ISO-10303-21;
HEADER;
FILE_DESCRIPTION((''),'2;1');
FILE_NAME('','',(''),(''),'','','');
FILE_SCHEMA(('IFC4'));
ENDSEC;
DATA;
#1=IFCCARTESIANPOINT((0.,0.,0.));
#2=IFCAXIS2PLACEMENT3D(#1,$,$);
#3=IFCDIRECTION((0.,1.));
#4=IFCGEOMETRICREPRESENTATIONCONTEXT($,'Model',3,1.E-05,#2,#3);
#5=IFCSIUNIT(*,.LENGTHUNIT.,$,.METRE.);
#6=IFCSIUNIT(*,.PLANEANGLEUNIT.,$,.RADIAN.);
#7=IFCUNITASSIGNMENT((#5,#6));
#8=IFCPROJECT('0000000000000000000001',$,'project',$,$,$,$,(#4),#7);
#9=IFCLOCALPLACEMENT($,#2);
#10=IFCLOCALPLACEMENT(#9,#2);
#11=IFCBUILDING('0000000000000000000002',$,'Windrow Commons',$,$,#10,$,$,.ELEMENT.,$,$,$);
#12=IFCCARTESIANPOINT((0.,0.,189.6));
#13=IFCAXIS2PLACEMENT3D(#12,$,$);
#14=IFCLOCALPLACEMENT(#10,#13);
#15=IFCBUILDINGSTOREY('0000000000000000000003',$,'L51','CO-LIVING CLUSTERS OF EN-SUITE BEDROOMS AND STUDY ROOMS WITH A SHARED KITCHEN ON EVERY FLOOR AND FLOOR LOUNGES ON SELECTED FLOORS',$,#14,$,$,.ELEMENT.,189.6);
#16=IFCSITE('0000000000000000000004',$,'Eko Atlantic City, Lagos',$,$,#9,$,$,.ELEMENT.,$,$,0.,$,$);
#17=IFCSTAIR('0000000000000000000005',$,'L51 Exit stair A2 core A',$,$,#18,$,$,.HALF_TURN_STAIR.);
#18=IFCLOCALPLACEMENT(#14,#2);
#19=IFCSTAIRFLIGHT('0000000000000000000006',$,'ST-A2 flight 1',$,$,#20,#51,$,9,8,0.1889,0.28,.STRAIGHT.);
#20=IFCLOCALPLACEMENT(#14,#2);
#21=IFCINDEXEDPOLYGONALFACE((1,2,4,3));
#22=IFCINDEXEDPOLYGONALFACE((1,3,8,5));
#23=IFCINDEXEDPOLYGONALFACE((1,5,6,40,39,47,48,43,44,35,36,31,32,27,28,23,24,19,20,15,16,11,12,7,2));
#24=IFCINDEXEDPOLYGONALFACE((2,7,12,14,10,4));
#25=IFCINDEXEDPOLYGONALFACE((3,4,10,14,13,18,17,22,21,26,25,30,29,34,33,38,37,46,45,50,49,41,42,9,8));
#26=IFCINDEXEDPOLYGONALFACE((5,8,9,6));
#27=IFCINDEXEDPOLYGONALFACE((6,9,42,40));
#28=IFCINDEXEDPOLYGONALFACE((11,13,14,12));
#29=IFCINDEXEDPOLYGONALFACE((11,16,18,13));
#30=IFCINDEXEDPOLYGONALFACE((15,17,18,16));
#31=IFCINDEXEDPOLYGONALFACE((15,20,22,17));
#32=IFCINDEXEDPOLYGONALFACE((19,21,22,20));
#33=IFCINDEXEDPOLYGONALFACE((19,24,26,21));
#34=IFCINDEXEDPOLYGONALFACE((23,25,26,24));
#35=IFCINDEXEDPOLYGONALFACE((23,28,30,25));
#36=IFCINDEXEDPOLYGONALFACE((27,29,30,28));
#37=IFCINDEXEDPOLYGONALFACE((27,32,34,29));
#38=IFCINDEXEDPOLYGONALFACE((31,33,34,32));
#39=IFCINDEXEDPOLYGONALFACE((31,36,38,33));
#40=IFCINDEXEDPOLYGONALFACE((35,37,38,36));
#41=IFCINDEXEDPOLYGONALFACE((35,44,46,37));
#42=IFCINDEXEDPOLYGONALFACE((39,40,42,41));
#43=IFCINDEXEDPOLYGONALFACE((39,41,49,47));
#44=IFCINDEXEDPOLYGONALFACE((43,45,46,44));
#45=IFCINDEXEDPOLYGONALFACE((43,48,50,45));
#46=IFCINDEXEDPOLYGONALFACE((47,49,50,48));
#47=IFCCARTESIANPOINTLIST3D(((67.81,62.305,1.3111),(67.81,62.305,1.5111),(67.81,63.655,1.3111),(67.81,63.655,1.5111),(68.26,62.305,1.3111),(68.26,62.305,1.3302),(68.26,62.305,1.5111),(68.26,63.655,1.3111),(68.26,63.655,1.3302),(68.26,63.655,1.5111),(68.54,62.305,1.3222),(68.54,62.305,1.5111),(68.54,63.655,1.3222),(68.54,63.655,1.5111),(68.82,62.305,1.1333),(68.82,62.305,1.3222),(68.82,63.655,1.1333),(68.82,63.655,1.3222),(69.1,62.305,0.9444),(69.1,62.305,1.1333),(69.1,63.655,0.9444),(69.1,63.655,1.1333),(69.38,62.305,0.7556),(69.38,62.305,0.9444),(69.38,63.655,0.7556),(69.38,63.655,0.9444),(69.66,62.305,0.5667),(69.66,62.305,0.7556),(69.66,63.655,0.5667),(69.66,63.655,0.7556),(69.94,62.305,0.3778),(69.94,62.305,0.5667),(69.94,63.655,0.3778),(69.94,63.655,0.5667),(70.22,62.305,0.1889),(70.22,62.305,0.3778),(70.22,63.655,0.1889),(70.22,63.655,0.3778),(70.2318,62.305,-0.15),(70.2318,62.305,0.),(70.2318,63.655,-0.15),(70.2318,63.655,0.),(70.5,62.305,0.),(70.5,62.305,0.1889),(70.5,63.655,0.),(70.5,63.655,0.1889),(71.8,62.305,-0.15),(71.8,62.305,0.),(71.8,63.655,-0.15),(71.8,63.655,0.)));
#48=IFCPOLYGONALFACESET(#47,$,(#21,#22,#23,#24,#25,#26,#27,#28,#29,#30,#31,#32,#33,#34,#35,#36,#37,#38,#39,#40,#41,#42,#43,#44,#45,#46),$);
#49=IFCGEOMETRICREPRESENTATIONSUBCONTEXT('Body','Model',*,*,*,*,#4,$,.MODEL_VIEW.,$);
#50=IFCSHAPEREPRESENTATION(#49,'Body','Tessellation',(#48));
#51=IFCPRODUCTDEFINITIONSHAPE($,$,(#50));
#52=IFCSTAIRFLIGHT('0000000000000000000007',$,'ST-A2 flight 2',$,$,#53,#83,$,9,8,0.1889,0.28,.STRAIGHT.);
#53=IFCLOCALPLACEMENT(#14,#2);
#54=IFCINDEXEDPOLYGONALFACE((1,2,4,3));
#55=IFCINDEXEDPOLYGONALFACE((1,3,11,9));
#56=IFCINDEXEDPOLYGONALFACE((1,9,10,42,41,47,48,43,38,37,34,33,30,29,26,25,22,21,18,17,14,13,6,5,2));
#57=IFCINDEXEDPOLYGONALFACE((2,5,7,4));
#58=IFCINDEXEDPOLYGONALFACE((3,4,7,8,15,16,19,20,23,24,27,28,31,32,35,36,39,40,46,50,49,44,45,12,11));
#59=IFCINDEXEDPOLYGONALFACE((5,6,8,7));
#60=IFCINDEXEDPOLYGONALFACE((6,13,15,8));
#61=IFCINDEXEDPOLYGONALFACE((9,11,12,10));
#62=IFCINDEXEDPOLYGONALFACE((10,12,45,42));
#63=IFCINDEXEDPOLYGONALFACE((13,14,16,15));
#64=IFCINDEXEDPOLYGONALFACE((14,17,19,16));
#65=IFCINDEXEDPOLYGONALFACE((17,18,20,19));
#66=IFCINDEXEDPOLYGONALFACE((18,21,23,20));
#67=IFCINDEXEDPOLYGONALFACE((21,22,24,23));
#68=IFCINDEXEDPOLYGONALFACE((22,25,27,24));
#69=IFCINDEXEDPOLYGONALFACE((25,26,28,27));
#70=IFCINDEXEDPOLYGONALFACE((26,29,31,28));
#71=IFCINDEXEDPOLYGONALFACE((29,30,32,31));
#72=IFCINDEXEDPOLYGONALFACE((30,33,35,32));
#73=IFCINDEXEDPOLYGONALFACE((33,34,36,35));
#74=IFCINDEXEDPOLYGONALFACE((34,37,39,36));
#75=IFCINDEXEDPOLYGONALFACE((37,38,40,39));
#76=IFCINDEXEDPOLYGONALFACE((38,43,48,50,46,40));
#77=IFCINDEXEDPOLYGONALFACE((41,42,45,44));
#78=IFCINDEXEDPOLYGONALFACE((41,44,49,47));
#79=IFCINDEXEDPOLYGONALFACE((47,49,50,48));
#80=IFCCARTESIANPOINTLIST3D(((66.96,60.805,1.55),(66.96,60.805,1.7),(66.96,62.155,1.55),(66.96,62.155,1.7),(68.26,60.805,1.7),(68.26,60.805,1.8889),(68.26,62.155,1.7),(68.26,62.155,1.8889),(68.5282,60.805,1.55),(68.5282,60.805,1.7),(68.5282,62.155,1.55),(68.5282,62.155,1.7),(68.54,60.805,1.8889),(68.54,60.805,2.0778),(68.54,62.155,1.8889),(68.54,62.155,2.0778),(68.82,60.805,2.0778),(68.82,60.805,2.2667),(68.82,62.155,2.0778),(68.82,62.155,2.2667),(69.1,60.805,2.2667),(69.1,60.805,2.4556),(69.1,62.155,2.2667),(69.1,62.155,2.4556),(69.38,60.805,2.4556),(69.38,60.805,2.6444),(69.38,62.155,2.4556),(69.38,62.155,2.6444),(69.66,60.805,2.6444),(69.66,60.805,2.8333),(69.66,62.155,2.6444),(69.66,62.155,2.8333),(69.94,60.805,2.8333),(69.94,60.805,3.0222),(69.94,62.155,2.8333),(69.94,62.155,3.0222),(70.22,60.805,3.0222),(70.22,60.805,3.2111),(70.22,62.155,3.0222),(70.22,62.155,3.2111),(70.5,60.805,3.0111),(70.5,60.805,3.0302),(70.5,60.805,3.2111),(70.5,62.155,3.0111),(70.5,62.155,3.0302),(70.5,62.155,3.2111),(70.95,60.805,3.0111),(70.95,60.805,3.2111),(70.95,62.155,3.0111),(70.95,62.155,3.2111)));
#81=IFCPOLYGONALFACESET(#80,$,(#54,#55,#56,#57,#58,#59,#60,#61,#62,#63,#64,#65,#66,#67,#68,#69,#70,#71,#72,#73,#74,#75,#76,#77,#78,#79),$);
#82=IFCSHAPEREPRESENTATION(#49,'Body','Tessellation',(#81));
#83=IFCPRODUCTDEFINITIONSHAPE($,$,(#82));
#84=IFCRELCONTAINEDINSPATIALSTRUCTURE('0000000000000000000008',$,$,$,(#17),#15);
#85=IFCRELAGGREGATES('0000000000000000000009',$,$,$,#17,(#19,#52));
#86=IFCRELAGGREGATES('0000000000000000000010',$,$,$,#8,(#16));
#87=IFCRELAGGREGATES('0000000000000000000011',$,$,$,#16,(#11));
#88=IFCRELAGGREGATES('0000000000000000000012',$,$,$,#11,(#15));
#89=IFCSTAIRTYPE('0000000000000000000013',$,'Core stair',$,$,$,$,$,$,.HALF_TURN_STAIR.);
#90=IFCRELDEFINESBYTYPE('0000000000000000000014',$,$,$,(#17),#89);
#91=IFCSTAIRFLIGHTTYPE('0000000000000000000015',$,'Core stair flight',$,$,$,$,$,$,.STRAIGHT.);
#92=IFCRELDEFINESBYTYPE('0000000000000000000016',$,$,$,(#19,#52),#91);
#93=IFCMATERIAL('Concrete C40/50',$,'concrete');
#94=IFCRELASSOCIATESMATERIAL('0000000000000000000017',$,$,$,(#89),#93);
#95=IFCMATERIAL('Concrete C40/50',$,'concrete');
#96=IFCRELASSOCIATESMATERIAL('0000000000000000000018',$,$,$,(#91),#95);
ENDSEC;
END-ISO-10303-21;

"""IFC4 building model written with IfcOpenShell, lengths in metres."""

from ifc_helpers import new_model, si_unit, direction, frame, origin, place, context, subcontext, project, spatial, polyline, outline, extrude, material, type_object, element, aggregate, save


model = new_model("IFC4")

# Units and contexts
model_context = context("Model", 3, precision=1e-05, world=origin(), true_north=direction((0.0, 1.0)))
body_context = subcontext(model_context, "Body", "Model", "MODEL_VIEW")
ifc_project = project(units=[si_unit("LENGTHUNIT", "METRE"), si_unit("PLANEANGLEUNIT", "RADIAN")], contexts=[model_context])

# Site, building, storey
site_placement = place(None, origin())
site = spatial("IfcSite", under=ifc_project, at=site_placement, Name="Eko Atlantic City, Lagos", CompositionType="ELEMENT", RefElevation=0.0)
building_placement = place(site_placement, origin())
building = spatial("IfcBuilding", under=site, at=building_placement, Name="Windrow Commons", CompositionType="ELEMENT")
storey_placement = place(building_placement, frame((0.0, 0.0, 189.6)))
storey = spatial("IfcBuildingStorey", under=building, at=storey_placement, Name="L51", Description="CO-LIVING CLUSTERS OF EN-SUITE BEDROOMS AND STUDY ROOMS WITH A SHARED KITCHEN ON EVERY FLOOR AND FLOOR LOUNGES ON SELECTED FLOORS", CompositionType="ELEMENT", Elevation=189.6)

# Stair, stair flights
ifc_material_1 = material(Name="Concrete C40/50", Category="concrete")
stair_type = type_object("IfcStairType", Name="Core stair", PredefinedType="HALF_TURN_STAIR", material=ifc_material_1)
placement = place(storey_placement, origin())
ifc_material_2 = material(Name="Concrete C40/50", Category="concrete")
stair_flight_type = type_object("IfcStairFlightType", Name="Core stair flight", PredefinedType="STRAIGHT", material=ifc_material_2)
stair_1 = element("IfcStair", 1, at=placement, inside=storey, type_object=stair_type, Name="L51 Exit stair A2 core A", PredefinedType="HALF_TURN_STAIR")
stair_flight_1_placement = place(storey_placement, frame((70.5, 62.98, 0.0), z_axis=(0.0, 0.0, 1.0), x_axis=(-1.0, 0.0, 0.0)))
stair_flight_1 = element("IfcStairFlight", 2, at=stair_flight_1_placement, type_object=stair_flight_type, Name="ST-A2 flight 1", NumberOfRisers=9, NumberOfTreads=8, PredefinedType="STRAIGHT", RiserHeight=0.1889, TreadLength=0.28, context=body_context, shape_type="SweptSolid", body=[
    extrude(outline(polyline([(-1.3, -0.15), (-1.3, 0.0), (0.0, 0.0), (0.0, 0.1889), (0.28, 0.1889), (0.28, 0.3778), (0.56, 0.3778), (0.56, 0.5667), (0.84, 0.5667), (0.84, 0.7556), (1.12, 0.7556), (1.12, 0.9444), (1.4, 0.9444), (1.4, 1.1333), (1.68, 1.1333), (1.68, 1.3222), (1.96, 1.3222), (1.96, 1.5111), (2.24, 1.5111), (2.69, 1.5111), (2.69, 1.3111), (2.24, 1.3111), (2.24, 1.3302), (0.2682, 0.0), (0.2682, -0.15), (-1.3, -0.15)])), frame((0.0, 0.675, 0.0), z_axis=(0.0, -1.0, 0.0), x_axis=(1.0, 0.0, 0.0)), (0.0, 0.0, 1.0), 1.35),
])
stair_flight_2_placement = place(storey_placement, frame((68.26, 61.48, 1.7), z_axis=(0.0, 0.0, 1.0), x_axis=(1.0, 0.0, 0.0)))
stair_flight_2 = element("IfcStairFlight", 3, at=stair_flight_2_placement, type_object=stair_flight_type, Name="ST-A2 flight 2", NumberOfRisers=9, NumberOfTreads=8, PredefinedType="STRAIGHT", RiserHeight=0.1889, TreadLength=0.28, context=body_context, shape_type="SweptSolid", body=[
    extrude(outline(polyline([(-1.3, -0.15), (-1.3, 0.0), (0.0, 0.0), (0.0, 0.1889), (0.28, 0.1889), (0.28, 0.3778), (0.56, 0.3778), (0.56, 0.5667), (0.84, 0.5667), (0.84, 0.7556), (1.12, 0.7556), (1.12, 0.9444), (1.4, 0.9444), (1.4, 1.1333), (1.68, 1.1333), (1.68, 1.3222), (1.96, 1.3222), (1.96, 1.5111), (2.24, 1.5111), (2.69, 1.5111), (2.69, 1.3111), (2.24, 1.3111), (2.24, 1.3302), (0.2682, 0.0), (0.2682, -0.15), (-1.3, -0.15)])), frame((0.0, 0.675, 0.0), z_axis=(0.0, -1.0, 0.0), x_axis=(1.0, 0.0, 0.0)), (0.0, 0.0, 1.0), 1.35),
])
aggregate(stair_1, [stair_flight_1, stair_flight_2])

save(model, "model.ifc")
